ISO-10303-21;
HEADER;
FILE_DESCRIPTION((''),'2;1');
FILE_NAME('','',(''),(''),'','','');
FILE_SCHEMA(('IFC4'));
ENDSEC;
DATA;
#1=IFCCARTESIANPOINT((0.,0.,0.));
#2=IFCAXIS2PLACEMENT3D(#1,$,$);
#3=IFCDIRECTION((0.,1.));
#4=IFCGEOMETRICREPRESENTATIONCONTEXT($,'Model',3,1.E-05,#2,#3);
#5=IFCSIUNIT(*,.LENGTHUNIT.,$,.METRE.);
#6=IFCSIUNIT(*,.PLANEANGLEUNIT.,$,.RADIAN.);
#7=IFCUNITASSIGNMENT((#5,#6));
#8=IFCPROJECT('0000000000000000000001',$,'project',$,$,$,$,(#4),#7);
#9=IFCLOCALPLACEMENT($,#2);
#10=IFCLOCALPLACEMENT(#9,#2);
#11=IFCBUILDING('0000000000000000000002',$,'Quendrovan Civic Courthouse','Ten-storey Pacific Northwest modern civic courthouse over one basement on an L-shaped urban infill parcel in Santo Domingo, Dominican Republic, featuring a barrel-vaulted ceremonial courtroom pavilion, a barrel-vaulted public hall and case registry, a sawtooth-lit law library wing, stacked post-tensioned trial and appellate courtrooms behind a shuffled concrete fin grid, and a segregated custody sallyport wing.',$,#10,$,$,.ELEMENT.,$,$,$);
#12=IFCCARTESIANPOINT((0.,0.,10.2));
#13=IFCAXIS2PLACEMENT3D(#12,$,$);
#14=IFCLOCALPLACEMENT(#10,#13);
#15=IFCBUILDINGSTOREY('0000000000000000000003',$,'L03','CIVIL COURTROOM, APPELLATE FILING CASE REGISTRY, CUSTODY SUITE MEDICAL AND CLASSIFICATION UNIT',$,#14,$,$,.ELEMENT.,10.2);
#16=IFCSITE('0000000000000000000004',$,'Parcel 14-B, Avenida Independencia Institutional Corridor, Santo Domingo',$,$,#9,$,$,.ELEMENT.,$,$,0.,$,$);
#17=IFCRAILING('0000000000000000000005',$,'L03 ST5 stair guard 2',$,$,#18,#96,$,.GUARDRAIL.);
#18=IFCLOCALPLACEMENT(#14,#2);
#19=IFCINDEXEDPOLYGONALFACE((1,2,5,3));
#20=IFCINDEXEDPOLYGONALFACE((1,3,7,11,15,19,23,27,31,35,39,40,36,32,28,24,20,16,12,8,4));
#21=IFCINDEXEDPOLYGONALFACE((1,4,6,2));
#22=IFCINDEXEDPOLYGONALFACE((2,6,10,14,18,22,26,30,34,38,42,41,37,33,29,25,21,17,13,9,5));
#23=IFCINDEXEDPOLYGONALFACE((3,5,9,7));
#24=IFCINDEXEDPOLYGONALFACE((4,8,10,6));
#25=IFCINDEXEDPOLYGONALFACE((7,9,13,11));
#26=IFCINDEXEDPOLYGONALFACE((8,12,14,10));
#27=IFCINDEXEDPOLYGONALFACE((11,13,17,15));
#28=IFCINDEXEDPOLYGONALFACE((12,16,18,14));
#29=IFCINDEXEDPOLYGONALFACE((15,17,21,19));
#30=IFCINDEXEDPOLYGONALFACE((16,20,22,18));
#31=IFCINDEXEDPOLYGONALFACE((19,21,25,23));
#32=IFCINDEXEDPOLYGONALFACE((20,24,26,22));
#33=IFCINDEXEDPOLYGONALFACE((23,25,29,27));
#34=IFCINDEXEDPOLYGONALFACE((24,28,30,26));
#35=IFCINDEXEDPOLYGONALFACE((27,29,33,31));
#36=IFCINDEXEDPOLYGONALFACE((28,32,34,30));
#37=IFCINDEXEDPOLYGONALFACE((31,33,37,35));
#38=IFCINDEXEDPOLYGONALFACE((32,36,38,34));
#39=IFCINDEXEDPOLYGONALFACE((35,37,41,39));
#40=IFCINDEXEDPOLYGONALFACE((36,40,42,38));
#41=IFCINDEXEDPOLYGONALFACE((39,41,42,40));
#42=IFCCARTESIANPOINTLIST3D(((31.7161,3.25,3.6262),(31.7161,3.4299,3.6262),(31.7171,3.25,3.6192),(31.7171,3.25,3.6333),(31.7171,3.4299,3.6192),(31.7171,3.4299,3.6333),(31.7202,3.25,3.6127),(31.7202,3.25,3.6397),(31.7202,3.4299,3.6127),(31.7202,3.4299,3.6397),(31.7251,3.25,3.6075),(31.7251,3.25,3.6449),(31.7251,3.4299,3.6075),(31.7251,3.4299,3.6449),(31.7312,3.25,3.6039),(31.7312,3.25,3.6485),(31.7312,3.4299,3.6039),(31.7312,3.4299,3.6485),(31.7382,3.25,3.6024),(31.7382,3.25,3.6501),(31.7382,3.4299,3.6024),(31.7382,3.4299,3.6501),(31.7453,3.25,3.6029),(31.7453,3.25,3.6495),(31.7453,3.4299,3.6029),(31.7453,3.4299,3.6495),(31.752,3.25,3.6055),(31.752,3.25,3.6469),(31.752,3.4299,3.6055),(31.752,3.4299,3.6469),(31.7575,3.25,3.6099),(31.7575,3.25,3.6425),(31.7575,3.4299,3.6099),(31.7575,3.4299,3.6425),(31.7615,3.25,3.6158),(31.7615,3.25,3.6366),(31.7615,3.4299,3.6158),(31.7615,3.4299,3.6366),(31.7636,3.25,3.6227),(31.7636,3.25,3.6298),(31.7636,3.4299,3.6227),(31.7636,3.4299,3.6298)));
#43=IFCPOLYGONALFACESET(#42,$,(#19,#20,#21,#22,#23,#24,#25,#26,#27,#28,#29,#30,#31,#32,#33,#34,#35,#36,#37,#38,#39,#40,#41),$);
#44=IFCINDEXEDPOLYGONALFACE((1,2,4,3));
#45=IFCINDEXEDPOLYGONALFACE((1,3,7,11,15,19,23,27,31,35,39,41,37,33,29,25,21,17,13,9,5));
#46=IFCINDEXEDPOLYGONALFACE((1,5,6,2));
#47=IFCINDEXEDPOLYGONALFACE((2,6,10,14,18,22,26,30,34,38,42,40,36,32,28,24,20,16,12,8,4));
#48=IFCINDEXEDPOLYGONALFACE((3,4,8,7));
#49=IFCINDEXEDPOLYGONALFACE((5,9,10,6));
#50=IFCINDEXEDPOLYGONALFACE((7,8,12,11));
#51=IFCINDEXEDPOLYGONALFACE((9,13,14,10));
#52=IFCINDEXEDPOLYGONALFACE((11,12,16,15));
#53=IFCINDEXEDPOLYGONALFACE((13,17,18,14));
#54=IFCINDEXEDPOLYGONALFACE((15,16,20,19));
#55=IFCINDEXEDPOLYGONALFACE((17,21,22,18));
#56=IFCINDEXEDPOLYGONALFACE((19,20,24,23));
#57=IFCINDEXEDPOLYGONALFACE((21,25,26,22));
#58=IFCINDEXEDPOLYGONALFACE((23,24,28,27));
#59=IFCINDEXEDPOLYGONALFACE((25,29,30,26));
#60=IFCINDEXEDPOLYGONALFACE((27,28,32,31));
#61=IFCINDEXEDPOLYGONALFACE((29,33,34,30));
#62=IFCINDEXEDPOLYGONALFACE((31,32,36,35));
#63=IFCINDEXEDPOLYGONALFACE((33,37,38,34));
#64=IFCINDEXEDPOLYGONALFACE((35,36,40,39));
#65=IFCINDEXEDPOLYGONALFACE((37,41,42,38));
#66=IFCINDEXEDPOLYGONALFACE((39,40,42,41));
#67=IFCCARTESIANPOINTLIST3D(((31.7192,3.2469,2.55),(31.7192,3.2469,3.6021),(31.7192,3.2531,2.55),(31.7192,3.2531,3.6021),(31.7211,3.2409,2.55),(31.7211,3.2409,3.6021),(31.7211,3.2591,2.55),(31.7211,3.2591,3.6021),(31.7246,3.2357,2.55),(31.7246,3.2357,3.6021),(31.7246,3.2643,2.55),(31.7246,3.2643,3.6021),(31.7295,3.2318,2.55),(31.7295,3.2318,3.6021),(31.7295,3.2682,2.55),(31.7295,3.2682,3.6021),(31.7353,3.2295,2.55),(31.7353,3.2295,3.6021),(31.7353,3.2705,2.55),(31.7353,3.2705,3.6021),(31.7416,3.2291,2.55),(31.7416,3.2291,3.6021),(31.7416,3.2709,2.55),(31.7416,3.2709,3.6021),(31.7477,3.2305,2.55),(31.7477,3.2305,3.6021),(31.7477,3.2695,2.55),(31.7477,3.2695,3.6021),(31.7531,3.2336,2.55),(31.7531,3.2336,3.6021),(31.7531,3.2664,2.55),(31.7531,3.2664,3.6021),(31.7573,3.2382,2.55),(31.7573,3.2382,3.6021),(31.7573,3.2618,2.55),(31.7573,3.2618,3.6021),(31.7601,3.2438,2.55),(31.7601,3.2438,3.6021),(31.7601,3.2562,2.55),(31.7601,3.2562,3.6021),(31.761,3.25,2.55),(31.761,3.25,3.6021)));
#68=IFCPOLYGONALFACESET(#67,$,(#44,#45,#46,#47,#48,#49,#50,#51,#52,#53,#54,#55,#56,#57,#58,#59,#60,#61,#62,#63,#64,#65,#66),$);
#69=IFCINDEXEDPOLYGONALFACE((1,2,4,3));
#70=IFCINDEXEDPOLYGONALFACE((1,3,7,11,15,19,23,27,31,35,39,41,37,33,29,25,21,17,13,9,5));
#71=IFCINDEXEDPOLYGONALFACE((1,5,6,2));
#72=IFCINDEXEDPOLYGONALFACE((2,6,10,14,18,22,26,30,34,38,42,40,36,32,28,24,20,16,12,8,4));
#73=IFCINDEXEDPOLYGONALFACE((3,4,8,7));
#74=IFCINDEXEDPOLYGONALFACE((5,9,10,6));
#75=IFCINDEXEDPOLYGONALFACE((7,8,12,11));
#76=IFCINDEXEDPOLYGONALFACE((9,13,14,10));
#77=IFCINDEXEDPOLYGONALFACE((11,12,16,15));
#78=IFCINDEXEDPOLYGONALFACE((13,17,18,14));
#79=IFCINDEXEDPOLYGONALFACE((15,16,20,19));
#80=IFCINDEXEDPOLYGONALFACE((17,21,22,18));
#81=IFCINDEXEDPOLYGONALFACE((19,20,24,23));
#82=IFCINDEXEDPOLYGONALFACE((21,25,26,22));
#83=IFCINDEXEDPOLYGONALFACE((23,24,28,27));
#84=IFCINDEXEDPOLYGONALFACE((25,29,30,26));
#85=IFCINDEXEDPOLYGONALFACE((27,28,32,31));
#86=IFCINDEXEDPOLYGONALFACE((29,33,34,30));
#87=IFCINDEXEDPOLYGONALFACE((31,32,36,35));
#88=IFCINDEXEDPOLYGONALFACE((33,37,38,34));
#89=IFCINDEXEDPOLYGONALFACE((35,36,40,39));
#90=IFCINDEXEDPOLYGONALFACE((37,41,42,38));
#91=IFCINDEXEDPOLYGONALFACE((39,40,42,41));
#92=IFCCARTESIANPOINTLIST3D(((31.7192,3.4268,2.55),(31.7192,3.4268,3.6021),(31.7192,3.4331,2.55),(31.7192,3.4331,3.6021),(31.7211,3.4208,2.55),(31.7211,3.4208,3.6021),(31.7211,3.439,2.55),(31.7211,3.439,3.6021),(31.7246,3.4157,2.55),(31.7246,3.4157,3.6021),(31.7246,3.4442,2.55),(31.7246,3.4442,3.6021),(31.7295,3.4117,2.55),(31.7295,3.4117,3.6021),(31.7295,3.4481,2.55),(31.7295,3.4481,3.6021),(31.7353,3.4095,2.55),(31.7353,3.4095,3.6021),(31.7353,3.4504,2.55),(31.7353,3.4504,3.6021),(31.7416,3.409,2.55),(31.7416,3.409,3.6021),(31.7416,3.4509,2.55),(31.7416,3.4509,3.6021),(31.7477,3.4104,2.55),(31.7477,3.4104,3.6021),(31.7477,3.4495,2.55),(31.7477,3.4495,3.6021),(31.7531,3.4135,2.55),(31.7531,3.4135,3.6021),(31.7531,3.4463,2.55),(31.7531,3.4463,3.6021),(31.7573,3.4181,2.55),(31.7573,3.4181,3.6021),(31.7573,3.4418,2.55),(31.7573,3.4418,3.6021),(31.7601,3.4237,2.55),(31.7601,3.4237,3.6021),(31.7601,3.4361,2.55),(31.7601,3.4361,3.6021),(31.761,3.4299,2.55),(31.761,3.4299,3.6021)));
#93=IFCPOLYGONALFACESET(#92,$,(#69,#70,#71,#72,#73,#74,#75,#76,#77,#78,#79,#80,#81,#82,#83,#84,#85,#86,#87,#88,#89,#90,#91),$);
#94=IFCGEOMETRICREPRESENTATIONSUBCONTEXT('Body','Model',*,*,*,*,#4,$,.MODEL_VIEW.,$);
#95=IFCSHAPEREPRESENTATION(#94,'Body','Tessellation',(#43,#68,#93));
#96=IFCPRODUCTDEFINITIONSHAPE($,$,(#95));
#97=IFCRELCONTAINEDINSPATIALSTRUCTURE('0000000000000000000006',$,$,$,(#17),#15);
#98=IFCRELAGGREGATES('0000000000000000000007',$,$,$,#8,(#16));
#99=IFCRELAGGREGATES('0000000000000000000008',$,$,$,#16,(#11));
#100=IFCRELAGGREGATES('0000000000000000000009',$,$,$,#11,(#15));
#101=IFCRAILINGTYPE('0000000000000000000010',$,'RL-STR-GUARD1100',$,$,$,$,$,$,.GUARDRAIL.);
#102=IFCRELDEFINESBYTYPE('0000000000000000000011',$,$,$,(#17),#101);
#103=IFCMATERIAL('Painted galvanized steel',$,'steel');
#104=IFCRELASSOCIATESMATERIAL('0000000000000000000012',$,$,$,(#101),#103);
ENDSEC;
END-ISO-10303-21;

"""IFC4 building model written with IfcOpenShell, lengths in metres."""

from ifc_helpers import new_model, si_unit, direction, frame, origin, origin_2d, place, context, subcontext, project, spatial, circle, extrude, material, type_object, element, save


model = new_model("IFC4")

# Units and contexts
model_context = context("Model", 3, precision=1e-05, world=origin(), true_north=direction((0.0, 1.0)))
body_context = subcontext(model_context, "Body", "Model", "MODEL_VIEW")
ifc_project = project(units=[si_unit("LENGTHUNIT", "METRE"), si_unit("PLANEANGLEUNIT", "RADIAN")], contexts=[model_context])

# Site, building, storey
site_placement = place(None, origin())
site = spatial("IfcSite", under=ifc_project, at=site_placement, Name="Parcel 14-B, Avenida Independencia Institutional Corridor, Santo Domingo", CompositionType="ELEMENT", RefElevation=0.0)
building_placement = place(site_placement, origin())
building = spatial("IfcBuilding", under=site, at=building_placement, Name="Quendrovan Civic Courthouse", Description="Ten-storey Pacific Northwest modern civic courthouse over one basement on an L-shaped urban infill parcel in Santo Domingo, Dominican Republic, featuring a barrel-vaulted ceremonial courtroom pavilion, a barrel-vaulted public hall and case registry, a sawtooth-lit law library wing, stacked post-tensioned trial and appellate courtrooms behind a shuffled concrete fin grid, and a segregated custody sallyport wing.", CompositionType="ELEMENT")
storey_placement = place(building_placement, frame((0.0, 0.0, 10.2)))
storey = spatial("IfcBuildingStorey", under=building, at=storey_placement, Name="L03", Description="CIVIL COURTROOM, APPELLATE FILING CASE REGISTRY, CUSTODY SUITE MEDICAL AND CLASSIFICATION UNIT", CompositionType="ELEMENT", Elevation=10.2)

# Railing
ifc_material_1 = material(Name="Painted galvanized steel", Category="steel")
railing_type_1 = type_object("IfcRailingType", Name="RL-STR-GUARD1100", PredefinedType="GUARDRAIL", material=ifc_material_1)
railing_1_placement = place(storey_placement, frame((31.74, 3.25, 2.55)))
element("IfcRailing", 1, at=railing_1_placement, inside=storey, type_object=railing_type_1, Name="L03 ST5 stair guard 2", PredefinedType="GUARDRAIL", context=body_context, shape_type="SweptSolid", body=[
    extrude(circle(Radius=0.0239, at=origin_2d()), frame((0.0, 0.0, 1.0762), z_axis=(0.0, 1.0, 0.0), x_axis=(-1.0, 0.0, 0.0)), (0.0, 0.0, 1.0), 0.1799),
    extrude(circle(Radius=0.021, at=origin_2d()), origin(), (0.0, 0.0, 1.0), 1.052),
    extrude(circle(Radius=0.021, at=origin_2d()), frame((0.0, 0.1799, 0.0)), (0.0, 0.0, 1.0), 1.052),
])

save(model, "model.ifc")
